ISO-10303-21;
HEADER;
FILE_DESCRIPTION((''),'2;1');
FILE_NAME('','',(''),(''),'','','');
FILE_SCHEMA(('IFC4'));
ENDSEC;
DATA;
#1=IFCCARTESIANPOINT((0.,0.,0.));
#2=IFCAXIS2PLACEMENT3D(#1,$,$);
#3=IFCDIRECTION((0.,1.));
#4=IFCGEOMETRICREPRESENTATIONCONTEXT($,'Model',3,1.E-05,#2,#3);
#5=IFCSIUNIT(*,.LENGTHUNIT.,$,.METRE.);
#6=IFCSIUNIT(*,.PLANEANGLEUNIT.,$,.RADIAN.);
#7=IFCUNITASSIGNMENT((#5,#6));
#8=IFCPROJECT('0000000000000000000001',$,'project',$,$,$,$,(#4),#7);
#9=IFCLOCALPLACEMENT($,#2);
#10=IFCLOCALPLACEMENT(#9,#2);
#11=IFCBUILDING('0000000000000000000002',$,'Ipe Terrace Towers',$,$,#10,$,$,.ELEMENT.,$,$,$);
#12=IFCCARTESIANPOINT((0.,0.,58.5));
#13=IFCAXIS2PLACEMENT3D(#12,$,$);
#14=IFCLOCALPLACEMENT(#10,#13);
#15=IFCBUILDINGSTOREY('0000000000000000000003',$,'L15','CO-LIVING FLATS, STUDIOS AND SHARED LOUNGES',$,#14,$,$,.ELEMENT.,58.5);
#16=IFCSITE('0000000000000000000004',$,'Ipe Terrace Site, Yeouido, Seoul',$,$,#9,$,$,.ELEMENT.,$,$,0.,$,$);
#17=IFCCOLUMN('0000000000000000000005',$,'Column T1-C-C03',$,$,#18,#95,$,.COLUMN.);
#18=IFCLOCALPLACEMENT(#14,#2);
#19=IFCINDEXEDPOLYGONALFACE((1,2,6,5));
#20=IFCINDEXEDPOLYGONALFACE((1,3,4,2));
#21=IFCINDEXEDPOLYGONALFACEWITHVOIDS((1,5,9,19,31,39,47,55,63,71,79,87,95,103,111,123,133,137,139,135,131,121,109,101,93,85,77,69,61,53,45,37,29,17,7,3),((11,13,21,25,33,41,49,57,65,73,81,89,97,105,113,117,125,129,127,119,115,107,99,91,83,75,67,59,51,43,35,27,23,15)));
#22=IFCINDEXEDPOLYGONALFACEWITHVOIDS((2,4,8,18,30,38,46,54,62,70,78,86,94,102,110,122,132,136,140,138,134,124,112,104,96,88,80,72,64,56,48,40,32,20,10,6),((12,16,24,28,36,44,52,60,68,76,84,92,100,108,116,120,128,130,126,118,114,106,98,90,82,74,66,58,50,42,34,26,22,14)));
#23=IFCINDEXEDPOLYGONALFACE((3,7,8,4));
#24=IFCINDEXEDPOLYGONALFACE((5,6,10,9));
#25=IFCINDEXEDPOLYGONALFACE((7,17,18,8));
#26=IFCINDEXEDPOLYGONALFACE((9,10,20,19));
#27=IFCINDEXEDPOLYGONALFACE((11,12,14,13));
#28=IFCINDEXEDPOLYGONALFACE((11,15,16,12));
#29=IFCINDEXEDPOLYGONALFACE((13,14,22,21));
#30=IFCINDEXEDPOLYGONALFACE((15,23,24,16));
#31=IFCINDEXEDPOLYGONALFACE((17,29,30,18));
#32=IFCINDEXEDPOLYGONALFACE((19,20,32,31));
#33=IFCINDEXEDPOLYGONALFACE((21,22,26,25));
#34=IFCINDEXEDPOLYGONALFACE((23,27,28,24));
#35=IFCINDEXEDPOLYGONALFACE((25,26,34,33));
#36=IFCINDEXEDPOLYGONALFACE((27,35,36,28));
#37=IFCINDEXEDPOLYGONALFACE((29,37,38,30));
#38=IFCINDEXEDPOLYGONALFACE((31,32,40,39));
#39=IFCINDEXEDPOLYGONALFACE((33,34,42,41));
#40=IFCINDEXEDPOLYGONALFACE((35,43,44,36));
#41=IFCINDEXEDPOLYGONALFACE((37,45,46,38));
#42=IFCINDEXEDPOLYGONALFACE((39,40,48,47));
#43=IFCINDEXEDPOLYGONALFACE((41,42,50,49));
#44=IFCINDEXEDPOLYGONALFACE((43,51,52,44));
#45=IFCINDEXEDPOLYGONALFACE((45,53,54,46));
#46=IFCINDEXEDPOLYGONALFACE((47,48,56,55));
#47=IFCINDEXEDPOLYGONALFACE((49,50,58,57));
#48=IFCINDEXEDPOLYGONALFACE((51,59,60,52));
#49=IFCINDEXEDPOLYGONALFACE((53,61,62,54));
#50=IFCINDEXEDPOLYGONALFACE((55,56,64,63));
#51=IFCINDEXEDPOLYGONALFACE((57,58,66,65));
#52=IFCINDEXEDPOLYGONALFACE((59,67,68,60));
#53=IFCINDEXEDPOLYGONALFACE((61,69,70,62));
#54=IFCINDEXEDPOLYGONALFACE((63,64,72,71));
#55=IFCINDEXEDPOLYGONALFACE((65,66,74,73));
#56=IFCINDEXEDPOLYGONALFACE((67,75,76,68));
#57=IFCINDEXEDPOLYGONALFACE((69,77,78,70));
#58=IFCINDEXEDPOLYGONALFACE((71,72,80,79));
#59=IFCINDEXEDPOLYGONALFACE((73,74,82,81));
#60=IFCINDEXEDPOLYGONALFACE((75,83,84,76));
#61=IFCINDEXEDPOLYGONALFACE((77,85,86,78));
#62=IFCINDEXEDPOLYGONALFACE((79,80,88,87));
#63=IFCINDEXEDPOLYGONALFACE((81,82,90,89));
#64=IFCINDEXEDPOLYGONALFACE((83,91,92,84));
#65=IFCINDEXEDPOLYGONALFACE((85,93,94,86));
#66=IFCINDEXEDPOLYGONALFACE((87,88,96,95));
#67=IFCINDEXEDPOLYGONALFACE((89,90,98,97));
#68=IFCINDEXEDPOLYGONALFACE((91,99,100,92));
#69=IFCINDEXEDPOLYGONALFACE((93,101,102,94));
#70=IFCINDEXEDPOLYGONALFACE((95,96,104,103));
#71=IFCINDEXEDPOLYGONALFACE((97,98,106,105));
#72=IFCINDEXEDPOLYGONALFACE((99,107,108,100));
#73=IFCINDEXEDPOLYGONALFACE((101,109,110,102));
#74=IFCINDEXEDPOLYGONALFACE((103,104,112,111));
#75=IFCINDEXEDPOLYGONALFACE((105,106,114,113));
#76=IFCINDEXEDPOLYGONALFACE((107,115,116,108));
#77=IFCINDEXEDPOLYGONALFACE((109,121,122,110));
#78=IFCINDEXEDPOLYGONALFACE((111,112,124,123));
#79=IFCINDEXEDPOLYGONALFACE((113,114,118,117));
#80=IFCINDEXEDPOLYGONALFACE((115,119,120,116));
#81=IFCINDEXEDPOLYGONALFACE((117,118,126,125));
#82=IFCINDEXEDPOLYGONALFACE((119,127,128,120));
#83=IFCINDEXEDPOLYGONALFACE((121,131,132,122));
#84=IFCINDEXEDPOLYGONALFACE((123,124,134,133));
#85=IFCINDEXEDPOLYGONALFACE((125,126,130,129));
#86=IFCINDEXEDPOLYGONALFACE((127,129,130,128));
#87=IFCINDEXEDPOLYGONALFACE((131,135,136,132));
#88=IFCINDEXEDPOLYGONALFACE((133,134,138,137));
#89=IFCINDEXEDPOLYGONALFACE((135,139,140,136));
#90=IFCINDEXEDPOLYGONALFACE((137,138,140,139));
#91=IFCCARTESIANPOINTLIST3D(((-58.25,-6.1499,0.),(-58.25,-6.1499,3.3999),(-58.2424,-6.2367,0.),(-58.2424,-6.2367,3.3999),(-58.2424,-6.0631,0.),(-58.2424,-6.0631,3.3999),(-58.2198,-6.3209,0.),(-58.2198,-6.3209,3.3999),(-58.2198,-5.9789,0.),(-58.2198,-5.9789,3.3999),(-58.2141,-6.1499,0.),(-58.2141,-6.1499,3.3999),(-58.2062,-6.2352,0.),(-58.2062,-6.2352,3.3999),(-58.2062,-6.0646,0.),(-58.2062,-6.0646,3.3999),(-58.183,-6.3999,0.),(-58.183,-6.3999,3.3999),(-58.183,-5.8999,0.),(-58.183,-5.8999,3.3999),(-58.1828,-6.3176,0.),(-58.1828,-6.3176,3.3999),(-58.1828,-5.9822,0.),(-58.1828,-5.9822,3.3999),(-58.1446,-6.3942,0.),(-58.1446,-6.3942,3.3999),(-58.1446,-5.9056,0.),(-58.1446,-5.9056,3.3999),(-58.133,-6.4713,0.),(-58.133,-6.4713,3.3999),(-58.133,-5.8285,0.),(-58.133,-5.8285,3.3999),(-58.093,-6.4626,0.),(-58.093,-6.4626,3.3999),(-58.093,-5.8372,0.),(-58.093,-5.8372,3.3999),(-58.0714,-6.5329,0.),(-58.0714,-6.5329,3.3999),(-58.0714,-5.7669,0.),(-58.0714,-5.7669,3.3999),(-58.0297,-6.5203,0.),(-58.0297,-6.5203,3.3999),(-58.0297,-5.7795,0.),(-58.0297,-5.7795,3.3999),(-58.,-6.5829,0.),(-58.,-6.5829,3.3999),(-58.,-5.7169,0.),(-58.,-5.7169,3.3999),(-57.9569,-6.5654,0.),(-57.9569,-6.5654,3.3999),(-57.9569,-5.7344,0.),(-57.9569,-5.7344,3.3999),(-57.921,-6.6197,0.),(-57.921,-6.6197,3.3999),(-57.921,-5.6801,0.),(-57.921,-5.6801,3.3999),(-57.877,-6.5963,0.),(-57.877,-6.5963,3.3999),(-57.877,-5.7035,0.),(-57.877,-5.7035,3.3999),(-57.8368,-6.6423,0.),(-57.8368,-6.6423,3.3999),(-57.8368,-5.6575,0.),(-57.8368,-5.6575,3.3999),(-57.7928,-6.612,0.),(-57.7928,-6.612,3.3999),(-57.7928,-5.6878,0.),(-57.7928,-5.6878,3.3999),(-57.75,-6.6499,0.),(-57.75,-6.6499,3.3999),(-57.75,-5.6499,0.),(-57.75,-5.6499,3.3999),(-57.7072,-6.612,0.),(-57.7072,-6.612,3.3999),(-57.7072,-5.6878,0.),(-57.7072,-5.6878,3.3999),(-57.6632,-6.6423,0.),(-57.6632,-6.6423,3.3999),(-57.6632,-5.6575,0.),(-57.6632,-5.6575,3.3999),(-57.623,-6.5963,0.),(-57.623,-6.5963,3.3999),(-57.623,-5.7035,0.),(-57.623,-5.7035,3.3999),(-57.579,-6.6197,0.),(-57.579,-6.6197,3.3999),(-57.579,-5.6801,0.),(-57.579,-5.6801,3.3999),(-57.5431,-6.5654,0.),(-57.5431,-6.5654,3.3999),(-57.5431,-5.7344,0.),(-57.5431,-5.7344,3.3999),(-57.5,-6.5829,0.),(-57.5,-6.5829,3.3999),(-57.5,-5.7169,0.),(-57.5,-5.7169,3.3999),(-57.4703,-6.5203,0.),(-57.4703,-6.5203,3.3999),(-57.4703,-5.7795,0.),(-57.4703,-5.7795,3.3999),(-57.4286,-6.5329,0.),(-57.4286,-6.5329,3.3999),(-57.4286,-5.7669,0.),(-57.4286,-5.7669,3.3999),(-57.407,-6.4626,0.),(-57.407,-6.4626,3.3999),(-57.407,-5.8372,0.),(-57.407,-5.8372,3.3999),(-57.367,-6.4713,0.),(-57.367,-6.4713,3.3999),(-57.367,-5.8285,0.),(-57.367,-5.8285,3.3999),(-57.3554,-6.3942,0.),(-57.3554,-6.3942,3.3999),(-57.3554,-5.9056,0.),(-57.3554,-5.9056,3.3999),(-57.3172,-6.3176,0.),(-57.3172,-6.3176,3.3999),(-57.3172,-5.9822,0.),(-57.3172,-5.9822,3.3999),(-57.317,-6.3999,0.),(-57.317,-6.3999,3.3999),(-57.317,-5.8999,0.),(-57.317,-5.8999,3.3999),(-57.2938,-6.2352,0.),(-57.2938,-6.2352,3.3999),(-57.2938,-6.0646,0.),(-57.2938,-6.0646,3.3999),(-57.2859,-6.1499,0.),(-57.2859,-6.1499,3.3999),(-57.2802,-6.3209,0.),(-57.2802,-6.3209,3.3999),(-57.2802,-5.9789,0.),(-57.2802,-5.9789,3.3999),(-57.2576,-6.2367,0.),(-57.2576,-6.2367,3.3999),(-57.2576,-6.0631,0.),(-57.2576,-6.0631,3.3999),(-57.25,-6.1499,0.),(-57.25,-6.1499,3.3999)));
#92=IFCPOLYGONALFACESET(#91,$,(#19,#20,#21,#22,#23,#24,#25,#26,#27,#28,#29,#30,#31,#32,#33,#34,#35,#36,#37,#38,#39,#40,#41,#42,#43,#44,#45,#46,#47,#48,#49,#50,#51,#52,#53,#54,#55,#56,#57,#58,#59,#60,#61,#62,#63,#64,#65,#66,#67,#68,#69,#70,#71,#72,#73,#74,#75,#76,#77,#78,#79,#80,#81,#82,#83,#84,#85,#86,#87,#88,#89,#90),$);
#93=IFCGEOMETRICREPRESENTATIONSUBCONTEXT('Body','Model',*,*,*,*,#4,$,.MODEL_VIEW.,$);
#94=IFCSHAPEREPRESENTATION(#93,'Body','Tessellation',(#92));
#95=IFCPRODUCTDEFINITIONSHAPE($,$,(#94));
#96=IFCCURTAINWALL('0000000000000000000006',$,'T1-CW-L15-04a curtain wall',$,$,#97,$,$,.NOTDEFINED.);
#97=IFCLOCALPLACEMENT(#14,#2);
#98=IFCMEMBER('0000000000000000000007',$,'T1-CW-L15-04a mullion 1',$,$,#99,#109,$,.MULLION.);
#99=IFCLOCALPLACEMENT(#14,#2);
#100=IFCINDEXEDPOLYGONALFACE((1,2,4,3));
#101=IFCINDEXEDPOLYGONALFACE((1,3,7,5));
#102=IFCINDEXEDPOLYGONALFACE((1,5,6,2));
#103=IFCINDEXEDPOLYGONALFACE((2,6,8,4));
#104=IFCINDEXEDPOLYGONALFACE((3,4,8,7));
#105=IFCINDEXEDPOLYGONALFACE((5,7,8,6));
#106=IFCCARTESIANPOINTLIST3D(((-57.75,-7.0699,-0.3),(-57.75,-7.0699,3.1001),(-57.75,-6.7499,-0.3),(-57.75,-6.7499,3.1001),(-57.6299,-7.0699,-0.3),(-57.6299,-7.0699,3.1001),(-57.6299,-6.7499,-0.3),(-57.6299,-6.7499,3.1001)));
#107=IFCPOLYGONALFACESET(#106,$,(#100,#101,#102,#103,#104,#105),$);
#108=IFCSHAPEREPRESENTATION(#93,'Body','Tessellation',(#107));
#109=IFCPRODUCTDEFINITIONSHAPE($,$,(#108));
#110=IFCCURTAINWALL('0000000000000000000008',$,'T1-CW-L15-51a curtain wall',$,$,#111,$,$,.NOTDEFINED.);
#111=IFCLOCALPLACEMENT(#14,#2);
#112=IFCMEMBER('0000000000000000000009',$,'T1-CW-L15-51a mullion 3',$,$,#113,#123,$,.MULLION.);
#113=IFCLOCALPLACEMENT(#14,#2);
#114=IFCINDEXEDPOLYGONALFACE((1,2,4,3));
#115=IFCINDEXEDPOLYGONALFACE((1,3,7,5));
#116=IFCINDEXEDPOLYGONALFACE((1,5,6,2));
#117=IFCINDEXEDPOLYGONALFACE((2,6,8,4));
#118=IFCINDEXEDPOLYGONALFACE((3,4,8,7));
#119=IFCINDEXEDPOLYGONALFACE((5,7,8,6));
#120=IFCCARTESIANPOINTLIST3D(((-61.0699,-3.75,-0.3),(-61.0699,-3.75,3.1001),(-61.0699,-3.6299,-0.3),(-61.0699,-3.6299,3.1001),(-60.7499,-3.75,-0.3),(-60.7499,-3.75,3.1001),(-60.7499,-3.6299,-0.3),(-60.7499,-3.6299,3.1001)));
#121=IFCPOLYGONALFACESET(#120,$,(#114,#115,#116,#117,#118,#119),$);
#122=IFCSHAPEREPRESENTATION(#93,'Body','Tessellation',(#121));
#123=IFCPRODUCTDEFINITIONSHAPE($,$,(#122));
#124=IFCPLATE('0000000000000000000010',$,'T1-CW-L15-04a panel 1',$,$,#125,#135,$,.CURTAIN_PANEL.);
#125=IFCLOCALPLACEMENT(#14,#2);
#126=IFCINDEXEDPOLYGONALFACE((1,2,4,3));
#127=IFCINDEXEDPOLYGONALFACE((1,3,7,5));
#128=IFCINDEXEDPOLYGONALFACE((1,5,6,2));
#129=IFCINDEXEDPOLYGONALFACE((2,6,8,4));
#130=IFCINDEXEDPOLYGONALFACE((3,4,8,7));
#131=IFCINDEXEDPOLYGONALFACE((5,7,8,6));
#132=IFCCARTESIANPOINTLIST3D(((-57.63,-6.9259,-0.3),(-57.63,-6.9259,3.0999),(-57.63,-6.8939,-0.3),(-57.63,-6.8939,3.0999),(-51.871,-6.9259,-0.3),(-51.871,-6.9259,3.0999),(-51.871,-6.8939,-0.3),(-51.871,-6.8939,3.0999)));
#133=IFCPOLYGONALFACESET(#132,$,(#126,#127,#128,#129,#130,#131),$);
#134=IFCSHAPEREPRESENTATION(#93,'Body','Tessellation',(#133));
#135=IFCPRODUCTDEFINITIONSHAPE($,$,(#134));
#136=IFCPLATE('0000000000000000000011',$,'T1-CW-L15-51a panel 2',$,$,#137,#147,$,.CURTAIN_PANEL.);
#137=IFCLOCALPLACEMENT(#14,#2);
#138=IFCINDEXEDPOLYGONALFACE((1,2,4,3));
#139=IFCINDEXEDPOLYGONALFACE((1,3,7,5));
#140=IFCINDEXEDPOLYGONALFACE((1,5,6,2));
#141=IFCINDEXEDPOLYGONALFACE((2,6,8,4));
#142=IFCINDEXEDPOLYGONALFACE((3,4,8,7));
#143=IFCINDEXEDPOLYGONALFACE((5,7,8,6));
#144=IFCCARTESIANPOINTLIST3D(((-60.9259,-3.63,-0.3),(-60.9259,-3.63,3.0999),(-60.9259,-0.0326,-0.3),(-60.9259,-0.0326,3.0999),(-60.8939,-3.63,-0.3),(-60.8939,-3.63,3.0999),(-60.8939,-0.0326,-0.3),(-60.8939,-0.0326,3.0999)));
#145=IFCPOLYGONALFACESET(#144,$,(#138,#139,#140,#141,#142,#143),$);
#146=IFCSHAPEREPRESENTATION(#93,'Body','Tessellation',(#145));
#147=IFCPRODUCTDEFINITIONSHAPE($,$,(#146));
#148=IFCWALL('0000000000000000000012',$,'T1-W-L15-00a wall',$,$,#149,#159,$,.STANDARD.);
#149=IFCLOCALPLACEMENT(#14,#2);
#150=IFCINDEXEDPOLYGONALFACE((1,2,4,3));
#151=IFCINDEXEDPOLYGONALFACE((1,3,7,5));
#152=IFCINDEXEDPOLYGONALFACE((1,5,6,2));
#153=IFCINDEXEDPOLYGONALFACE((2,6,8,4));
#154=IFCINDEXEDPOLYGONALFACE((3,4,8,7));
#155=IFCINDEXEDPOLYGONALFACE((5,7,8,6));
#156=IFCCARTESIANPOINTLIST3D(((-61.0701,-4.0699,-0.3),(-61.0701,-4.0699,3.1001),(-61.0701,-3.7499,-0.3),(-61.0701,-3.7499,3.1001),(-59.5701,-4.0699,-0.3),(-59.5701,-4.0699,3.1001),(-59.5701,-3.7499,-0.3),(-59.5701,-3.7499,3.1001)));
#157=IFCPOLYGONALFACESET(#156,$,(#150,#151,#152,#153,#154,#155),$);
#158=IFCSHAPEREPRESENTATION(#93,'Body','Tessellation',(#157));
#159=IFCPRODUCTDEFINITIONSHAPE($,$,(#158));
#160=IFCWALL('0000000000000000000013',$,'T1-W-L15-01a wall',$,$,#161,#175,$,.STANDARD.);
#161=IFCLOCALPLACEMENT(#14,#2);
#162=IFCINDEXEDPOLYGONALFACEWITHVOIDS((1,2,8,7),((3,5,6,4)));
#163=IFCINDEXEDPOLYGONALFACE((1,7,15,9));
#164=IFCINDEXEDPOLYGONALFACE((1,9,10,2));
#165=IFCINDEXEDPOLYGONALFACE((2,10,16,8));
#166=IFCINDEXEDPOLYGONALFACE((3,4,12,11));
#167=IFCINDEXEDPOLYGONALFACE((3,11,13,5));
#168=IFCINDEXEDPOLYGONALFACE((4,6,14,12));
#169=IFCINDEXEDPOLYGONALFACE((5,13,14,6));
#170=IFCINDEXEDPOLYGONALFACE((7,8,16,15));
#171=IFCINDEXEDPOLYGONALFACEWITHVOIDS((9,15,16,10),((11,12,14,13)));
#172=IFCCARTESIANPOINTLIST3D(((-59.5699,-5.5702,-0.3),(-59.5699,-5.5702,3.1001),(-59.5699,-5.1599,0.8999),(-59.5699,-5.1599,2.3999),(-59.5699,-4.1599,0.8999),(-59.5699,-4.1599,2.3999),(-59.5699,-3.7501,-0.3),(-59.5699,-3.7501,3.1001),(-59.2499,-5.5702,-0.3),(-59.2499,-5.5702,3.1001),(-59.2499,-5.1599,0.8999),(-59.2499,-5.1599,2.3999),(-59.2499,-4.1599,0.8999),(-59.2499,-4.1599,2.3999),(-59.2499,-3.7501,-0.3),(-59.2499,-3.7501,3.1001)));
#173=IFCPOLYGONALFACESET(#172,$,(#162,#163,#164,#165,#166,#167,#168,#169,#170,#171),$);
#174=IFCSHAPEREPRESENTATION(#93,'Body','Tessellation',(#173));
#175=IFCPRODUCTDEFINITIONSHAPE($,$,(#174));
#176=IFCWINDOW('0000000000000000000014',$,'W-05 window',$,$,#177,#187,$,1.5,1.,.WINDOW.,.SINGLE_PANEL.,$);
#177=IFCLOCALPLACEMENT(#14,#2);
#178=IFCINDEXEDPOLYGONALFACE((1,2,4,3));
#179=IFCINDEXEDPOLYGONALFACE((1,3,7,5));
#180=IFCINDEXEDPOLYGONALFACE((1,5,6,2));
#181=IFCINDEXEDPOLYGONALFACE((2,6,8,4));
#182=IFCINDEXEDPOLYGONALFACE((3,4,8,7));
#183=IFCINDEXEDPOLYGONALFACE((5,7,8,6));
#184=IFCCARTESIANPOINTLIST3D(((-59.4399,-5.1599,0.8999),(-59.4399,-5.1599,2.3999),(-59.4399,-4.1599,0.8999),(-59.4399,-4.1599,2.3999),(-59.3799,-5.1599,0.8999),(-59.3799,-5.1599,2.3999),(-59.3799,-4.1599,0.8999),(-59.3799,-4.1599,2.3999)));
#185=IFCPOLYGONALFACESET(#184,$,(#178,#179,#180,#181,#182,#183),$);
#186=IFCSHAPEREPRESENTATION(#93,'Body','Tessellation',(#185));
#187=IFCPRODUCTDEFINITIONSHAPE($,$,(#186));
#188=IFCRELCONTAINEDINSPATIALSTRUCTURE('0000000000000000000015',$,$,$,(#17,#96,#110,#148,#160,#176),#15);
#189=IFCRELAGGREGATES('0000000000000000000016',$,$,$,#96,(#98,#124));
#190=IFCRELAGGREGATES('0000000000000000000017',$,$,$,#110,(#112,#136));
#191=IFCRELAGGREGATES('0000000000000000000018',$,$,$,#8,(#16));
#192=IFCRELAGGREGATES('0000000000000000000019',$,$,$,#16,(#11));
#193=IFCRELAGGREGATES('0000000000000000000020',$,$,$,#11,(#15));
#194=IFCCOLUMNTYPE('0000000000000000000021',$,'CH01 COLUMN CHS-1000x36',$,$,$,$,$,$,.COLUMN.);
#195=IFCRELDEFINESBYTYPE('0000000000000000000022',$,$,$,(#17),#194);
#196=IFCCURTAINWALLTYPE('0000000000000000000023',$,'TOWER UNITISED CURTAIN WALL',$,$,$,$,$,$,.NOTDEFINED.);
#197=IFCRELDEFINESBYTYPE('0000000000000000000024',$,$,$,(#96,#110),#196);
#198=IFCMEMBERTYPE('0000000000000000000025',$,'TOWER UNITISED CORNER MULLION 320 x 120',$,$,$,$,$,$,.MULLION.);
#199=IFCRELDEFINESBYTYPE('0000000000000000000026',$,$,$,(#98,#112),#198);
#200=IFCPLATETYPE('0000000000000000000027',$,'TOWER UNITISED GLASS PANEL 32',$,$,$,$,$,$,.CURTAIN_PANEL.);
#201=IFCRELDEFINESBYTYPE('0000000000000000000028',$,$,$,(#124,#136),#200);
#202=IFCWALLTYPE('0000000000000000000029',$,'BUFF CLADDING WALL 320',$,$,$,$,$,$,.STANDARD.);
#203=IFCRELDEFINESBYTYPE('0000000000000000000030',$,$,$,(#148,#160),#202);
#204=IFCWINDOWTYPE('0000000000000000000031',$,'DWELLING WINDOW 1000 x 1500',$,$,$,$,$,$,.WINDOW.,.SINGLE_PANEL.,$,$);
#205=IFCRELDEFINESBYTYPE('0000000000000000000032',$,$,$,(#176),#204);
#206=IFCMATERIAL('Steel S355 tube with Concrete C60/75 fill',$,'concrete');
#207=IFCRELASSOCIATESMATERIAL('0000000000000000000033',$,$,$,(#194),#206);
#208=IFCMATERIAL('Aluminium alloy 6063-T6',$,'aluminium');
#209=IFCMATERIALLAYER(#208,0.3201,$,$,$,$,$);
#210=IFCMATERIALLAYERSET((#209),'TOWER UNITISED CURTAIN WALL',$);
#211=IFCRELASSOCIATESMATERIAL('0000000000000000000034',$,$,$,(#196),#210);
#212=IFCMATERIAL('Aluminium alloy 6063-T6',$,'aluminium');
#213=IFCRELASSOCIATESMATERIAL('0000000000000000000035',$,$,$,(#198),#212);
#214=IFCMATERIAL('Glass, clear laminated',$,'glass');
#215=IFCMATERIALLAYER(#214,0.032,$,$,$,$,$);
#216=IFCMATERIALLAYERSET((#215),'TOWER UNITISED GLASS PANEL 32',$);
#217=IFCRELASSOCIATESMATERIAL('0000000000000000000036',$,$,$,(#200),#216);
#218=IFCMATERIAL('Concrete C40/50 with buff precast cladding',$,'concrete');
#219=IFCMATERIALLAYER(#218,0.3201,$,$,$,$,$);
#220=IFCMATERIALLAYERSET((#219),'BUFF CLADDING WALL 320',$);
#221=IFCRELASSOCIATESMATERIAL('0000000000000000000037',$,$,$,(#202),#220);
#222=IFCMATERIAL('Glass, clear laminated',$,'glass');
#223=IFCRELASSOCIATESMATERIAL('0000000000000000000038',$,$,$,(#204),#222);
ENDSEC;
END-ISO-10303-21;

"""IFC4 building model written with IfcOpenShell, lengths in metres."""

from ifc_helpers import new_model, si_unit, direction, frame, frame_2d, origin, origin_2d, place, context, subcontext, project, spatial, rectangle, hollow_circle, extrude, material, layer, layer_set, material_profile, profile_set, type_object, element, fill, aggregate, save


model = new_model("IFC4")

# Units and contexts
model_context = context("Model", 3, precision=1e-05, world=origin(), true_north=direction((0.0, 1.0)))
body_context = subcontext(model_context, "Body", "Model", "MODEL_VIEW")
ifc_project = project(units=[si_unit("LENGTHUNIT", "METRE"), si_unit("PLANEANGLEUNIT", "RADIAN")], contexts=[model_context])

# Site, building, storey
site_placement = place(None, origin())
site = spatial("IfcSite", under=ifc_project, at=site_placement, Name="Ipe Terrace Site, Yeouido, Seoul", CompositionType="ELEMENT", RefElevation=0.0)
building_placement = place(site_placement, origin())
building = spatial("IfcBuilding", under=site, at=building_placement, Name="Ipe Terrace Towers", CompositionType="ELEMENT")
storey_placement = place(building_placement, frame((0.0, 0.0, 58.5)))
storey = spatial("IfcBuildingStorey", under=building, at=storey_placement, Name="L15", Description="CO-LIVING FLATS, STUDIOS AND SHARED LOUNGES", CompositionType="ELEMENT", Elevation=58.5)

# Column
ifc_material_1 = material(Name="Steel S355 tube with Concrete C60/75 fill", Category="concrete")
ifc_material_profile_1 = material_profile(ifc_material_1, hollow_circle(Radius=0.5, WallThickness=0.0359, at=origin_2d()), Name="CHS-1000x36")
ifc_profile_set_1 = profile_set([ifc_material_profile_1], Name="Steel S355 tube with Concrete C60/75 fill")
column_type = type_object("IfcColumnType", Name="CH01 COLUMN CHS-1000x36", PredefinedType="COLUMN", material=ifc_profile_set_1)
column_placement = place(storey_placement, frame((-57.75, -6.1499, 0.0), z_axis=(0.0, 0.0, 1.0), x_axis=(1.0, 0.0, 0.0)))
element("IfcColumn", 1, at=column_placement, inside=storey, type_object=column_type, Name="Column T1-C-C03", PredefinedType="COLUMN", context=body_context, shape_type="SweptSolid", body=[
    extrude(hollow_circle(Radius=0.5, WallThickness=0.0359, at=origin_2d()), origin(), (0.0, 0.0, 1.0), 3.3999),
])

# Curtain walls, members
ifc_material_2 = material(Name="Aluminium alloy 6063-T6", Category="aluminium")
ifc_layer_1 = layer(ifc_material_2, 0.3201)
ifc_layer_set_1 = layer_set([ifc_layer_1], Name="TOWER UNITISED CURTAIN WALL")
curtain_wall_type = type_object("IfcCurtainWallType", Name="TOWER UNITISED CURTAIN WALL", PredefinedType="NOTDEFINED", material=ifc_layer_set_1)
curtain_wall_1_placement = place(storey_placement, origin())
curtain_wall_1 = element("IfcCurtainWall", 2, at=curtain_wall_1_placement, inside=storey, type_object=curtain_wall_type, Name="T1-CW-L15-04a curtain wall", PredefinedType="NOTDEFINED")
ifc_material_3 = material(Name="Aluminium alloy 6063-T6", Category="aluminium")
ifc_material_profile_2 = material_profile(ifc_material_3, rectangle(XDim=0.3201, YDim=0.1201, at=origin_2d()), Name="TOWER UNITISED CORNER MULLION 320 x 120")
ifc_profile_set_2 = profile_set([ifc_material_profile_2], Name="Aluminium alloy 6063-T6")
member_type = type_object("IfcMemberType", Name="TOWER UNITISED CORNER MULLION 320 x 120", PredefinedType="MULLION", material=ifc_profile_set_2)
member_1_placement = place(storey_placement, frame((-57.6899, -6.9099, -0.3), z_axis=(0.0, 0.0, 1.0), x_axis=(0.0, -1.0, 0.0)))
member_1 = element("IfcMember", 3, at=member_1_placement, type_object=member_type, Name="T1-CW-L15-04a mullion 1", PredefinedType="MULLION", context=body_context, shape_type="SweptSolid", body=[
    extrude(rectangle(XDim=0.3201, YDim=0.1201, at=origin_2d()), origin(), (0.0, 0.0, 1.0), 3.4001),
])
curtain_wall_2_placement = place(storey_placement, origin())
curtain_wall_2 = element("IfcCurtainWall", 4, at=curtain_wall_2_placement, inside=storey, type_object=curtain_wall_type, Name="T1-CW-L15-51a curtain wall", PredefinedType="NOTDEFINED")
member_2_placement = place(storey_placement, frame((-60.9099, -3.6899, -0.3), z_axis=(0.0, 0.0, 1.0), x_axis=(-1.0, 0.0, 0.0)))
member_2 = element("IfcMember", 5, at=member_2_placement, type_object=member_type, Name="T1-CW-L15-51a mullion 3", PredefinedType="MULLION", context=body_context, shape_type="SweptSolid", body=[
    extrude(rectangle(XDim=0.3201, YDim=0.1201, at=origin_2d()), origin(), (0.0, 0.0, 1.0), 3.4001),
])

# Plates
ifc_material_4 = material(Name="Glass, clear laminated", Category="glass")
ifc_layer_2 = layer(ifc_material_4, 0.032)
ifc_layer_set_2 = layer_set([ifc_layer_2], Name="TOWER UNITISED GLASS PANEL 32")
plate_type = type_object("IfcPlateType", Name="TOWER UNITISED GLASS PANEL 32", PredefinedType="CURTAIN_PANEL", material=ifc_layer_set_2)
plate_1_placement = place(storey_placement, frame((-54.7505, -6.9099, -0.3), z_axis=(0.0, 0.0, 1.0), x_axis=(1.0, 0.0, 0.0)))
plate_1 = element("IfcPlate", 6, at=plate_1_placement, type_object=plate_type, Name="T1-CW-L15-04a panel 1", PredefinedType="CURTAIN_PANEL", context=body_context, shape_type="SweptSolid", body=[
    extrude(rectangle(XDim=5.759, YDim=0.032, at=origin_2d()), origin(), (0.0, 0.0, 1.0), 3.3999),
])
aggregate(curtain_wall_1, [member_1, plate_1])
plate_2_placement = place(storey_placement, frame((-60.9099, -1.8313, -0.3), z_axis=(0.0, 0.0, 1.0), x_axis=(0.0, -1.0, 0.0)))
plate_2 = element("IfcPlate", 7, at=plate_2_placement, type_object=plate_type, Name="T1-CW-L15-51a panel 2", PredefinedType="CURTAIN_PANEL", context=body_context, shape_type="SweptSolid", body=[
    extrude(rectangle(XDim=3.5974, YDim=0.032, at=origin_2d()), origin(), (0.0, 0.0, 1.0), 3.3999),
])
aggregate(curtain_wall_2, [member_2, plate_2])

# Wall
ifc_material_5 = material(Name="Concrete C40/50 with buff precast cladding", Category="concrete")
ifc_layer_3 = layer(ifc_material_5, 0.3201)
ifc_layer_set_3 = layer_set([ifc_layer_3], Name="BUFF CLADDING WALL 320")
wall_type_1 = type_object("IfcWallType", Name="BUFF CLADDING WALL 320", PredefinedType="STANDARD", material=ifc_layer_set_3)
wall_1_placement = place(storey_placement, frame((-61.0701, -3.9099, -0.3), z_axis=(0.0, 0.0, 1.0), x_axis=(1.0, 0.0, 0.0)))
element("IfcWall", 8, at=wall_1_placement, inside=storey, type_object=wall_type_1, Name="T1-W-L15-00a wall", PredefinedType="STANDARD", context=body_context, shape_type="SweptSolid", body=[
    extrude(rectangle(XDim=1.5, YDim=0.3201, at=frame_2d((0.75, 0.0))), origin(), (0.0, 0.0, 1.0), 3.4001),
])

# Wall, opening, window
wall_2_placement = place(storey_placement, frame((-59.4099, -3.75, -0.3), z_axis=(0.0, 0.0, 1.0), x_axis=(0.0, -1.0, 0.0)))
wall_2 = element("IfcWall", 9, at=wall_2_placement, inside=storey, type_object=wall_type_1, Name="T1-W-L15-01a wall", PredefinedType="STANDARD", context=body_context, shape_type="SweptSolid", body=[
    extrude(rectangle(XDim=1.8201, YDim=0.3201, at=frame_2d((0.9102, 0.0))), origin(), (0.0, 0.0, 1.0), 3.4001),
])
opening_1_placement = place(wall_2_placement, frame((0.4099, 0.0, 1.2)))
opening_1 = element("IfcOpeningElement", 10, at=opening_1_placement, cuts=wall_2, PredefinedType="OPENING", context=body_context, shape_type="SweptSolid", body=[
    extrude(rectangle(XDim=1.0, YDim=1.5, at=frame_2d((0.5, 0.75))), frame((0.0, 0.1699, 0.0), z_axis=(0.0, -1.0, 0.0), x_axis=(1.0, 0.0, 0.0)), (0.0, 0.0, 1.0), 0.3401),
])
ifc_material_6 = material(Name="Glass, clear laminated", Category="glass")
window_type = type_object("IfcWindowType", Name="DWELLING WINDOW 1000 x 1500", PartitioningType="SINGLE_PANEL", PredefinedType="WINDOW", material=ifc_material_6)
window_placement = place(opening_1_placement, origin())
window = element("IfcWindow", 11, at=window_placement, inside=storey, type_object=window_type, Name="W-05 window", OverallHeight=1.5, OverallWidth=1.0, PartitioningType="SINGLE_PANEL", PredefinedType="WINDOW", context=body_context, shape_type="SweptSolid", body=[
    extrude(rectangle(XDim=1.0, YDim=1.5, at=frame_2d((0.5, 0.75))), frame((0.0, 0.03, 0.0), z_axis=(0.0, -1.0, 0.0), x_axis=(1.0, 0.0, 0.0)), (0.0, 0.0, 1.0), 0.0601),
])
fill(opening_1, window)

save(model, "model.ifc")
